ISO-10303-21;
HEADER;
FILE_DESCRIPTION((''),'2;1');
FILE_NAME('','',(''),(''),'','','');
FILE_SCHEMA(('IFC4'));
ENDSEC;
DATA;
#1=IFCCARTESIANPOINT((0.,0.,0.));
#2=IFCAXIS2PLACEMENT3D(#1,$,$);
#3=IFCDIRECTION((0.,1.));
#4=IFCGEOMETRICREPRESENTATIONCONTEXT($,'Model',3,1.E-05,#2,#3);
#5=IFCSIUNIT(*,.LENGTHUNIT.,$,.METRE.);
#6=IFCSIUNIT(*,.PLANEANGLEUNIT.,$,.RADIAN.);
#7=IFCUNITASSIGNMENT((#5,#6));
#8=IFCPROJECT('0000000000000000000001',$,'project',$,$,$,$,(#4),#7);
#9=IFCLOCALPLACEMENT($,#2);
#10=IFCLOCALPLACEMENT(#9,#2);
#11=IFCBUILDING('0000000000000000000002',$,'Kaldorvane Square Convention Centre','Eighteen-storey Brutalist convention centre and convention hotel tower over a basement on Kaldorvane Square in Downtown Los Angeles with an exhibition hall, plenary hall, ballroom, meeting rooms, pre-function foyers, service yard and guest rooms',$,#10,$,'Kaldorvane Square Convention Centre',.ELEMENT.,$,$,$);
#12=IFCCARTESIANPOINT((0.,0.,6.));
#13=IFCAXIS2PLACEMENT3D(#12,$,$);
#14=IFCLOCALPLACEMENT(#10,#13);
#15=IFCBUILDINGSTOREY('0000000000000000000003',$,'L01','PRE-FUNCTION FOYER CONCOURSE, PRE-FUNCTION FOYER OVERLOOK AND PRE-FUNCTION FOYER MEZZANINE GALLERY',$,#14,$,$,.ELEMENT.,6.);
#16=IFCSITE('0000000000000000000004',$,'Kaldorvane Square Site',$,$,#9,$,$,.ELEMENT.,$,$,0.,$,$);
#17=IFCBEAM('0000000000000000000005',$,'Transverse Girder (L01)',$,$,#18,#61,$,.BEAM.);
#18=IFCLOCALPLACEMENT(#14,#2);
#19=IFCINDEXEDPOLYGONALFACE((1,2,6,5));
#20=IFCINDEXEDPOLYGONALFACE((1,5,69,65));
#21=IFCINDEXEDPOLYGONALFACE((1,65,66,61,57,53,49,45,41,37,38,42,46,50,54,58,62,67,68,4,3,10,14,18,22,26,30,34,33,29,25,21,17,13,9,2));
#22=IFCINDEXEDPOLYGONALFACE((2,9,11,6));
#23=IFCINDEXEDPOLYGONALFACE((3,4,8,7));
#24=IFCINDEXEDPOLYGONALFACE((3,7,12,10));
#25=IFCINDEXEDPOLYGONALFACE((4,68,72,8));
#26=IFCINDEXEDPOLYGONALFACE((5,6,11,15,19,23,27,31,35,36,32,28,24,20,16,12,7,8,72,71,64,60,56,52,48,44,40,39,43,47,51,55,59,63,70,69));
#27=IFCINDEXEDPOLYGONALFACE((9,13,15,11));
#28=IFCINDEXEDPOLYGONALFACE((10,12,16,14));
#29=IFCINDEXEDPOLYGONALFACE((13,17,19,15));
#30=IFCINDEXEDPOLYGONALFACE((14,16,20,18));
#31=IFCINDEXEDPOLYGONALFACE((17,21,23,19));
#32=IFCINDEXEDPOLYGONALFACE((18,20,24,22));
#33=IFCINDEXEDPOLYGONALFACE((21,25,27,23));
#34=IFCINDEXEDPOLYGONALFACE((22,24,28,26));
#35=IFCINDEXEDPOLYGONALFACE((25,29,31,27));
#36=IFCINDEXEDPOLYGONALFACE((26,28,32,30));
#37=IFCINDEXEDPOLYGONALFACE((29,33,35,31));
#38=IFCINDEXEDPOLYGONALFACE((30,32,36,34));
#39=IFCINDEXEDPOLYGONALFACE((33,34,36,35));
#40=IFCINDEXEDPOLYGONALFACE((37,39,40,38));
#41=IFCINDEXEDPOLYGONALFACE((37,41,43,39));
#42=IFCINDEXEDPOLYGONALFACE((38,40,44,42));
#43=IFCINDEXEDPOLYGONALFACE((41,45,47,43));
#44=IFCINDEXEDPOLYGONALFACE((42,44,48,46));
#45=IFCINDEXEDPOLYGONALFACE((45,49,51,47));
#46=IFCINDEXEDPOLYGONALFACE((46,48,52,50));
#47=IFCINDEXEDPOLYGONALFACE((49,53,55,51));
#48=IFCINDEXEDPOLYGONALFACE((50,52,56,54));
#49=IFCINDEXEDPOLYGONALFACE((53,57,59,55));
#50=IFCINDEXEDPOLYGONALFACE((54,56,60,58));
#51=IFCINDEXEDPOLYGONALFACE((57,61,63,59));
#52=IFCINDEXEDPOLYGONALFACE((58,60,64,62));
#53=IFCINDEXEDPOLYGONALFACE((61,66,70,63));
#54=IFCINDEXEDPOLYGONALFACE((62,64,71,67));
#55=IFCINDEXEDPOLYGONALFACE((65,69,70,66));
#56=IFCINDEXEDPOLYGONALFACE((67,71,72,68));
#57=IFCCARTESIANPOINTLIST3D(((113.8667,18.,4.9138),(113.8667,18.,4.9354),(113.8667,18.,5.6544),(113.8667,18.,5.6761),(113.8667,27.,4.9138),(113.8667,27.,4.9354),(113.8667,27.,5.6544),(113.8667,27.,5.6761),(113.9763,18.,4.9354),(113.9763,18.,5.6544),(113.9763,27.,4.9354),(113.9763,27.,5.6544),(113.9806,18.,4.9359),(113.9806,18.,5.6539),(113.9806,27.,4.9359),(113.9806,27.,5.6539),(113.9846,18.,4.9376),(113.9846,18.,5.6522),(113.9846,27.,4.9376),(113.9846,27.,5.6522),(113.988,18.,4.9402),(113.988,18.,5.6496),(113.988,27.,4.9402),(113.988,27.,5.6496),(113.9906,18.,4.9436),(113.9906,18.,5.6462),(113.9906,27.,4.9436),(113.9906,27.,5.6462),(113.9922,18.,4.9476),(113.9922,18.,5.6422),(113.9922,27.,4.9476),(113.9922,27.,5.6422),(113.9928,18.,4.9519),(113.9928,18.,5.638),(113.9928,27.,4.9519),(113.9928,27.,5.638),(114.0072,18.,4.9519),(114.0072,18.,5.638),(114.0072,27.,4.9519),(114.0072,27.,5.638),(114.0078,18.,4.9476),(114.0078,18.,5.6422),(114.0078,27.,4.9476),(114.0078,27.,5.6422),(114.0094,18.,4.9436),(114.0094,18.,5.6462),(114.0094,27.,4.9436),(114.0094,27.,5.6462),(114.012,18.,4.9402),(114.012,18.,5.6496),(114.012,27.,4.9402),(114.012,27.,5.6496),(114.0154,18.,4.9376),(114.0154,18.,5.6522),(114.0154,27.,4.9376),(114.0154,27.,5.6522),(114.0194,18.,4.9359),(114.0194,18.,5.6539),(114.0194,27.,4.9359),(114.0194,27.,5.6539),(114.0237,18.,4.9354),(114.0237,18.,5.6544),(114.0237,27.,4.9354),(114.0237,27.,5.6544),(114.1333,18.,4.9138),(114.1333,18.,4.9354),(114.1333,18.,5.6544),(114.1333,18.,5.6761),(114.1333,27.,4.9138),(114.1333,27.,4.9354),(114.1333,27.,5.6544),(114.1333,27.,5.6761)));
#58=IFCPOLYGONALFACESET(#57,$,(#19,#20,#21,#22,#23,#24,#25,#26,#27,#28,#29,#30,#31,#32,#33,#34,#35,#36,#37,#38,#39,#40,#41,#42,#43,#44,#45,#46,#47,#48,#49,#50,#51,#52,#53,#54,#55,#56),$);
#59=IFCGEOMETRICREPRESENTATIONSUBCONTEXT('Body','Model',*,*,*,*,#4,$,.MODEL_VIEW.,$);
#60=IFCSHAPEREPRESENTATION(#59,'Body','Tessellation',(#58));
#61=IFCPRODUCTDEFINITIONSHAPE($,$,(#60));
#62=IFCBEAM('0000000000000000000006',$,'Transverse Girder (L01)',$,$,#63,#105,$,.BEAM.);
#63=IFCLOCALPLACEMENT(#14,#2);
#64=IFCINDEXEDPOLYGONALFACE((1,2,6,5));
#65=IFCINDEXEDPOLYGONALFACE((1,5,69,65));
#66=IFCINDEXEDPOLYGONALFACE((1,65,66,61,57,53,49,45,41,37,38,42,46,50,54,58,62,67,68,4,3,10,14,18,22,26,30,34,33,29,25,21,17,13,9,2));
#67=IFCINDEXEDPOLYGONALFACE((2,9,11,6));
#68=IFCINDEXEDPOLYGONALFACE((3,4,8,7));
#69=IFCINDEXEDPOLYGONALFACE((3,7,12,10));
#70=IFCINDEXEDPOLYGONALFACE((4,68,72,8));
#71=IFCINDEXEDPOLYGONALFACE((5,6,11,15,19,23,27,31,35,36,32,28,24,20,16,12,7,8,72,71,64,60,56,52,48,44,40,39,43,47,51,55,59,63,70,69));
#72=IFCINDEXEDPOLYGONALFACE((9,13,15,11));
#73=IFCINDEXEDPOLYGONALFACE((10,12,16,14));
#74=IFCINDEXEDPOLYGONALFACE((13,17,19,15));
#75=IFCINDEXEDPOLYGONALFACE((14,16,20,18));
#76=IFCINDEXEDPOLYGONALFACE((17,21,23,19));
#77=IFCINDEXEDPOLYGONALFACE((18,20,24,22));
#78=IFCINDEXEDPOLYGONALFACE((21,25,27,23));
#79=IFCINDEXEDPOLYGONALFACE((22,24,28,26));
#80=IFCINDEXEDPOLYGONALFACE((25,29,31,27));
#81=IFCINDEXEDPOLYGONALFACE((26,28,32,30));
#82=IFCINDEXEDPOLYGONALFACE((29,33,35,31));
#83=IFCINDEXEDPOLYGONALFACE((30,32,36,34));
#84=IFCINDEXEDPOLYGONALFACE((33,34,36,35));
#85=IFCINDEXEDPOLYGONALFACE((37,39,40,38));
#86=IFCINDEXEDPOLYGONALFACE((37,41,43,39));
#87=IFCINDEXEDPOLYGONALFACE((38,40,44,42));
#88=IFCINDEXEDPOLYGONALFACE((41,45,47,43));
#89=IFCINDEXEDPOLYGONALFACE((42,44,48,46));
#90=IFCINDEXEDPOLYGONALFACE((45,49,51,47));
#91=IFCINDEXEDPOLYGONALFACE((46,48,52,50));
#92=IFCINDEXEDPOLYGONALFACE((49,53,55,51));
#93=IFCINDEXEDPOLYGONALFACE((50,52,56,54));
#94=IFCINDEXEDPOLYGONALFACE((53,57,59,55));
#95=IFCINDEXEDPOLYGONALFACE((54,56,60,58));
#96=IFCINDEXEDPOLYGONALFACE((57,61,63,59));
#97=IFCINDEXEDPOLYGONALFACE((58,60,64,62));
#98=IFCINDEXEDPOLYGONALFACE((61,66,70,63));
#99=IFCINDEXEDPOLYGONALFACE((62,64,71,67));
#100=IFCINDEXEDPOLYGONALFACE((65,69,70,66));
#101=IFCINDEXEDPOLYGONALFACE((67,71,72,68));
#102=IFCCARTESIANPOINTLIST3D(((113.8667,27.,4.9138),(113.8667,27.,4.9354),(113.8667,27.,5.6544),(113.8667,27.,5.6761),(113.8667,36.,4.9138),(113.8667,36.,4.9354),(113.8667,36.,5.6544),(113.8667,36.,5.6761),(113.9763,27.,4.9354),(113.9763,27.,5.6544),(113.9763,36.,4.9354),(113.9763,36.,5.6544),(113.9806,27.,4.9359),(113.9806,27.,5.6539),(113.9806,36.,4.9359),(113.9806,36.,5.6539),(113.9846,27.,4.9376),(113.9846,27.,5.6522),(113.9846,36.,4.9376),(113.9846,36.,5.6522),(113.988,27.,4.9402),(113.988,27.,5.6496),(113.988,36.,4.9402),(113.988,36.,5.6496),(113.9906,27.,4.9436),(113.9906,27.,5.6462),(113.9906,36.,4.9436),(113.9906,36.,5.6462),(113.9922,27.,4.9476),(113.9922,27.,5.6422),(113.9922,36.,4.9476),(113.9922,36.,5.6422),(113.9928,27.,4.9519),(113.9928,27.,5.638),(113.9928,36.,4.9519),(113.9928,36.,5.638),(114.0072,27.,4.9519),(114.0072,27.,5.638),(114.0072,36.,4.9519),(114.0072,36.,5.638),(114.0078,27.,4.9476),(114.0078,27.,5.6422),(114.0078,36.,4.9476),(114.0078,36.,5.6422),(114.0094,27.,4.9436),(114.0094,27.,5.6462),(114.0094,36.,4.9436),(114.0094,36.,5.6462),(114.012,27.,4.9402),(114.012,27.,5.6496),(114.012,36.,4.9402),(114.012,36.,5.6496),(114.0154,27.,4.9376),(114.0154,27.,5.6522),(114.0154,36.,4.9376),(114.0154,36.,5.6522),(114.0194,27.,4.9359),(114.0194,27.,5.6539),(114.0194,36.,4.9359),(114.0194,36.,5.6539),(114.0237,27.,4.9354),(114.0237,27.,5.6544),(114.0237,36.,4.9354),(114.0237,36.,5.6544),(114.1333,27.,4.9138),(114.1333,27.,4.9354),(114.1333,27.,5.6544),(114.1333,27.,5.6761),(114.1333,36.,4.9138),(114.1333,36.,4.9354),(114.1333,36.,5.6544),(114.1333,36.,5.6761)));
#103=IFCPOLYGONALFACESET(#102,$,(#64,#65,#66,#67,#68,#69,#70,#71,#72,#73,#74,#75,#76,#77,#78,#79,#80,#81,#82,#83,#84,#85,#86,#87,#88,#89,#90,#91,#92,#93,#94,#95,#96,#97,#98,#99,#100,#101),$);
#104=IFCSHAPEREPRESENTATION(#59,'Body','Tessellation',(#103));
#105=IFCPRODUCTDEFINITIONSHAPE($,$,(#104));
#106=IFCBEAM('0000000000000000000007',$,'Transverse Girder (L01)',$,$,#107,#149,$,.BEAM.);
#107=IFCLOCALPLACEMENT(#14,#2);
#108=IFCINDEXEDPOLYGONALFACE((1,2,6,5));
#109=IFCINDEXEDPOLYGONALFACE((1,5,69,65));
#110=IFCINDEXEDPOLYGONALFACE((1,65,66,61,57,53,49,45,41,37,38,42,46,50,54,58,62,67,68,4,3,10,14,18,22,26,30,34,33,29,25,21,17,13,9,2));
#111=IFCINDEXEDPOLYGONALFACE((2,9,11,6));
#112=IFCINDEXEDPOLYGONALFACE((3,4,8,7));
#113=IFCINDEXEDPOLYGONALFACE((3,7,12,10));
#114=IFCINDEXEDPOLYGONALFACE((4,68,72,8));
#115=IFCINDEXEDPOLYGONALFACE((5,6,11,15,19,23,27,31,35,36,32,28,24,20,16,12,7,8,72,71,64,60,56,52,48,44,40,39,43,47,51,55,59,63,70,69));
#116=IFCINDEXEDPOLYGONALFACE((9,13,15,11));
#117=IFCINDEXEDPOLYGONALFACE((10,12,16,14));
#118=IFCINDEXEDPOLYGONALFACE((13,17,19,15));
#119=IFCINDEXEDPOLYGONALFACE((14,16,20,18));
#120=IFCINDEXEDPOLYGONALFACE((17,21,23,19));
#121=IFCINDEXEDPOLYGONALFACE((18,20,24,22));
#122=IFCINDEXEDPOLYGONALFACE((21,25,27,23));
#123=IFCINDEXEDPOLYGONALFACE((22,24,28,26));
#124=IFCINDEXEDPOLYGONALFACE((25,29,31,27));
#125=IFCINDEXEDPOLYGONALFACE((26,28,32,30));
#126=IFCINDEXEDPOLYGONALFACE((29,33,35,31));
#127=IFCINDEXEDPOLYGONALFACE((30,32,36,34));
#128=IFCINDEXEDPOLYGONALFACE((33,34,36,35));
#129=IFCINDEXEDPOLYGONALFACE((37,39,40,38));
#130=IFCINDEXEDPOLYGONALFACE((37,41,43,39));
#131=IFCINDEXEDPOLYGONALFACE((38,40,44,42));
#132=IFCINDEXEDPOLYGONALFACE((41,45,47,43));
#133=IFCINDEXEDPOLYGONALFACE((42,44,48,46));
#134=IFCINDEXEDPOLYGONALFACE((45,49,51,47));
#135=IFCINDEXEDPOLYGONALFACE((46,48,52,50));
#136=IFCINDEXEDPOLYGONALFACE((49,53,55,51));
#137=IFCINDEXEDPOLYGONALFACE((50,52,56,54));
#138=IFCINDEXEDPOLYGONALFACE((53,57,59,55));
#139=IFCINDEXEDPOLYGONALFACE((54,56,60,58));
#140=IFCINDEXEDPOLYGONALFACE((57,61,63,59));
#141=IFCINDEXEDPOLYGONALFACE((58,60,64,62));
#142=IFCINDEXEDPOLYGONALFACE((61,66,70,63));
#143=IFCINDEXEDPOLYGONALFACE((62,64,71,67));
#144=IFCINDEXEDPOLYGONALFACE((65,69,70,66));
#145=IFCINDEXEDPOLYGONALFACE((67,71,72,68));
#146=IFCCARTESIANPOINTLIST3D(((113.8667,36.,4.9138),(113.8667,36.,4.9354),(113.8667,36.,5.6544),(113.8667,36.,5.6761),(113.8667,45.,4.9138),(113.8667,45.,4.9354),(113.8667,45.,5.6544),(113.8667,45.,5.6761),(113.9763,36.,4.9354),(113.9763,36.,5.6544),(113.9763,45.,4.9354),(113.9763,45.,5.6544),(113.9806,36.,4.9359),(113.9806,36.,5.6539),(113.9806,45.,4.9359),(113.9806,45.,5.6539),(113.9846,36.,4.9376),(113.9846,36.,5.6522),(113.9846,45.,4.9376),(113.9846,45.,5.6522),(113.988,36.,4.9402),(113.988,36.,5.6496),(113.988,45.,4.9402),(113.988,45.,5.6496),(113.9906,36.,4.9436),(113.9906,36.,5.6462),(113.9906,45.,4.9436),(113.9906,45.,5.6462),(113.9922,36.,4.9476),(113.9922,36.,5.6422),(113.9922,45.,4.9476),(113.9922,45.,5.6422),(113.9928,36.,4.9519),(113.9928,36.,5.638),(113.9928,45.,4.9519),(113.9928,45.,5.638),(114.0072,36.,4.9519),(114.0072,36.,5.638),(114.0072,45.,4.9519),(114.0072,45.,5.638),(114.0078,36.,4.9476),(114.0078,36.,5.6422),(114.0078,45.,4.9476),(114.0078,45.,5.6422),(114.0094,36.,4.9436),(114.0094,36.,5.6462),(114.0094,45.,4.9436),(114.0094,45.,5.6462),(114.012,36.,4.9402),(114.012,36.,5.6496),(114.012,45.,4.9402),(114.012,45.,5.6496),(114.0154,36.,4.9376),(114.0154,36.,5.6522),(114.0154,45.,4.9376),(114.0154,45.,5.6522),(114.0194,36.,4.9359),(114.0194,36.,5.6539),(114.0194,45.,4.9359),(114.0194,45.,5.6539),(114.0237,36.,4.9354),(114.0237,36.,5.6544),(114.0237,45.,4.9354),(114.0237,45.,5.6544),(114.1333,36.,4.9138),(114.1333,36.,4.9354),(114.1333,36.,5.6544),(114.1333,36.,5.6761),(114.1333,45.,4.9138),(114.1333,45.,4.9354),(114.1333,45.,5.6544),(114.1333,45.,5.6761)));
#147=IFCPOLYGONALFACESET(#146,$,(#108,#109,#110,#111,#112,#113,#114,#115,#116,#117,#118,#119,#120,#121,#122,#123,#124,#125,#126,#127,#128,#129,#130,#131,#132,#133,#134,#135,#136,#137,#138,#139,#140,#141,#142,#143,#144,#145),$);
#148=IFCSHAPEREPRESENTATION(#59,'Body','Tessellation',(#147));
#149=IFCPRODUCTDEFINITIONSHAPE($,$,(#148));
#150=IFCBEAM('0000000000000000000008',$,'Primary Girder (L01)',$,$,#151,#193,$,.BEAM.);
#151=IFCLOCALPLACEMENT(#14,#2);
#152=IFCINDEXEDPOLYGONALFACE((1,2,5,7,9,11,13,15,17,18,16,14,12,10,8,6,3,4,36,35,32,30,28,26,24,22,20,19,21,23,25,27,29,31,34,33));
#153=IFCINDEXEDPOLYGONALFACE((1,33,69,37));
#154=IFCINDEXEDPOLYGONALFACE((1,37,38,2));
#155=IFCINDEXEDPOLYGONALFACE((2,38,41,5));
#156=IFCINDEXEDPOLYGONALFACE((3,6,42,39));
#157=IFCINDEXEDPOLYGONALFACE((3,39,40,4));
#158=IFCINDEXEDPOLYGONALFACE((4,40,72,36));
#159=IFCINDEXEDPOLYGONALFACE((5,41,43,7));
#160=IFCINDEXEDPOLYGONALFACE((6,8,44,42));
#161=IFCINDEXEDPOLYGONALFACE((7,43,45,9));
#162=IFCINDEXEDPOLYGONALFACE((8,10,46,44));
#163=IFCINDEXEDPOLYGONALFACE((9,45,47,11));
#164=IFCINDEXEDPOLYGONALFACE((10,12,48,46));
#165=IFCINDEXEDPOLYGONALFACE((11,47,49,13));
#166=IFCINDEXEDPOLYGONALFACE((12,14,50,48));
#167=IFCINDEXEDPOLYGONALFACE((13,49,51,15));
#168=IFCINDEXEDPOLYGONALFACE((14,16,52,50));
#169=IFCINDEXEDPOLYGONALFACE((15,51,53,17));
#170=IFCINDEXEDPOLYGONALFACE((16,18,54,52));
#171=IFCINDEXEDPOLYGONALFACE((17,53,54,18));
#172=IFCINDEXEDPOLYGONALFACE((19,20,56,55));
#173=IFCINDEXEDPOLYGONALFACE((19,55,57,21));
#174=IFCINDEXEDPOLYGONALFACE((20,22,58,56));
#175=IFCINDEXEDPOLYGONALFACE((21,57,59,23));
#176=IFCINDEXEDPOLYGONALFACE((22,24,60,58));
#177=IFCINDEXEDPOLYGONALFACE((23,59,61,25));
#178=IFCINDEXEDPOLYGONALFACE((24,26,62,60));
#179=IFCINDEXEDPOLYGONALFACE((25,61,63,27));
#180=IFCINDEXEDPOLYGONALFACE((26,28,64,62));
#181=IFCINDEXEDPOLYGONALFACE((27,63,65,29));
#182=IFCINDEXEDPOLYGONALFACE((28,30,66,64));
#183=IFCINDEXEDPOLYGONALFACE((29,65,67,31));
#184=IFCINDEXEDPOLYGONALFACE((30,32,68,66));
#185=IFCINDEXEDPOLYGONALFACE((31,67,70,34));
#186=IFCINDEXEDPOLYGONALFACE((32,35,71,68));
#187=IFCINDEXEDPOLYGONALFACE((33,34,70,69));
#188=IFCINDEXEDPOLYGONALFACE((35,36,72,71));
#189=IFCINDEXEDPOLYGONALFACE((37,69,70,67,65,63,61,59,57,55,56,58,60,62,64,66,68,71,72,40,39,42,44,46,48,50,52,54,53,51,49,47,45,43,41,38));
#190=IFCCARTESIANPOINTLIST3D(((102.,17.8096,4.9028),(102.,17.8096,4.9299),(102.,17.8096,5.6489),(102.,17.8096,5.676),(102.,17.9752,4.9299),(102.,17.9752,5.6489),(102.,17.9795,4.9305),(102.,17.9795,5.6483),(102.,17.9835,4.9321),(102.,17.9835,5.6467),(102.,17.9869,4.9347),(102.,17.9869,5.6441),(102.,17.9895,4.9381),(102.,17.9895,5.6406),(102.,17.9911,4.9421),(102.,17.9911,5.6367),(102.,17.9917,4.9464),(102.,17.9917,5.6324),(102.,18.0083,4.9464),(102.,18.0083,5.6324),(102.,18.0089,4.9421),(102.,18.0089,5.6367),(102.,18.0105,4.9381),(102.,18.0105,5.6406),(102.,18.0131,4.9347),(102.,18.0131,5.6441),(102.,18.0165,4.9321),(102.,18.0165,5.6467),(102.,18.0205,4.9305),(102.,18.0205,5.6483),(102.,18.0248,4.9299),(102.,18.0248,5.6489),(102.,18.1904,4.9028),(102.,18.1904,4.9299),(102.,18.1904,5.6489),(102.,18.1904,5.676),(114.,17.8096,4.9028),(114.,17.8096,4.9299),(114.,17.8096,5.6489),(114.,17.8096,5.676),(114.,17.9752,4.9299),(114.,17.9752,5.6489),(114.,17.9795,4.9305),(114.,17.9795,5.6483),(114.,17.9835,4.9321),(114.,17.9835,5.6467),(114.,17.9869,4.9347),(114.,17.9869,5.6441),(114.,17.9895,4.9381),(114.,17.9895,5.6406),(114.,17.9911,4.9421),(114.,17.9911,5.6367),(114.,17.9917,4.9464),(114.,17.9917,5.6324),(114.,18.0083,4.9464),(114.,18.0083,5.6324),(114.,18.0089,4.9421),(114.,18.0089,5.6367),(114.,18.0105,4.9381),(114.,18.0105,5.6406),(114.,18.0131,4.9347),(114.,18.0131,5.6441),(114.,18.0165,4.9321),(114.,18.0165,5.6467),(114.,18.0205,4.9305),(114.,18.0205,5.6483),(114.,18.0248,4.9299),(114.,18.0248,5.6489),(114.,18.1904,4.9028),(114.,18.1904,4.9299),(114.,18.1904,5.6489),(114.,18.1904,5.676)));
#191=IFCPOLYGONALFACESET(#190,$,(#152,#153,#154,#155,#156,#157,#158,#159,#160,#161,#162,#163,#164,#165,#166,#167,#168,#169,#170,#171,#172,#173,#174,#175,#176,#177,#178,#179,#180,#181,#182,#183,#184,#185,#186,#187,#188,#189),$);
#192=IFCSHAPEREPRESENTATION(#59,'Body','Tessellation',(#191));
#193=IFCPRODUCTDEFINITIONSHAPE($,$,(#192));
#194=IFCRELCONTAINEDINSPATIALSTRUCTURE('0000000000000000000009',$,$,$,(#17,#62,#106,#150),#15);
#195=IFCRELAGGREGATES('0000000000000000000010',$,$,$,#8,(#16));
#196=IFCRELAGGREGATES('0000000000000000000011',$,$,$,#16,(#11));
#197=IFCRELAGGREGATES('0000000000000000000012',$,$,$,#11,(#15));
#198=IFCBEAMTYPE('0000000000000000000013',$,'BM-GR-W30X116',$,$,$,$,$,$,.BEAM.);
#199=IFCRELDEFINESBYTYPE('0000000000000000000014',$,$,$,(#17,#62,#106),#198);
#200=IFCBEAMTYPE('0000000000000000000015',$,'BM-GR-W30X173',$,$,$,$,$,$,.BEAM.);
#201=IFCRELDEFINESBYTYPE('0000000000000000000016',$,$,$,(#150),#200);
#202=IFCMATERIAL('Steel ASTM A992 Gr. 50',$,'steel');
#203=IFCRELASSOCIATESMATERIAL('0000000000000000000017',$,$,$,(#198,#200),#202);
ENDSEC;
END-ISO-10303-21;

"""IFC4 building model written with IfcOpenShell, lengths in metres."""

from ifc_helpers import new_model, si_unit, direction, frame, origin, origin_2d, place, context, subcontext, project, spatial, i_section, extrude, material, material_profile, profile_set, type_object, element, save


model = new_model("IFC4")

# Units and contexts
model_context = context("Model", 3, precision=1e-05, world=origin(), true_north=direction((0.0, 1.0)))
body_context = subcontext(model_context, "Body", "Model", "MODEL_VIEW")
ifc_project = project(units=[si_unit("LENGTHUNIT", "METRE"), si_unit("PLANEANGLEUNIT", "RADIAN")], contexts=[model_context])

# Site, building, storey
site_placement = place(None, origin())
site = spatial("IfcSite", under=ifc_project, at=site_placement, Name="Kaldorvane Square Site", CompositionType="ELEMENT", RefElevation=0.0)
building_placement = place(site_placement, origin())
building = spatial("IfcBuilding", under=site, at=building_placement, Name="Kaldorvane Square Convention Centre", Description="Eighteen-storey Brutalist convention centre and convention hotel tower over a basement on Kaldorvane Square in Downtown Los Angeles with an exhibition hall, plenary hall, ballroom, meeting rooms, pre-function foyers, service yard and guest rooms", LongName="Kaldorvane Square Convention Centre", CompositionType="ELEMENT")
storey_placement = place(building_placement, frame((0.0, 0.0, 6.0)))
storey = spatial("IfcBuildingStorey", under=building, at=storey_placement, Name="L01", Description="PRE-FUNCTION FOYER CONCOURSE, PRE-FUNCTION FOYER OVERLOOK AND PRE-FUNCTION FOYER MEZZANINE GALLERY", CompositionType="ELEMENT", Elevation=6.0)

# Shared definitions
ifc_material_1 = material(Name="Steel ASTM A992 Gr. 50", Category="steel")

# Beams
ifc_material_profile_1 = material_profile(ifc_material_1, i_section(OverallWidth=0.2666, OverallDepth=0.7623, WebThickness=0.0144, FlangeThickness=0.0216, FilletRadius=0.0165, at=origin_2d()), Name="W30X116")
ifc_profile_set_1 = profile_set([ifc_material_profile_1], Name="Steel ASTM A992 Gr. 50")
beam_type_1 = type_object("IfcBeamType", Name="BM-GR-W30X116", PredefinedType="BEAM", material=ifc_profile_set_1)
for number, where, z_axis, x_axis, name in (
    (1, (114.0, 18.0, 5.2949), (0.0, 1.0, 0.0), (-1.0, 0.0, 0.0), "Transverse Girder (L01)"),
    (2, (114.0, 27.0, 5.2949), (0.0, 1.0, 0.0), (-1.0, 0.0, 0.0), "Transverse Girder (L01)"),
    (3, (114.0, 36.0, 5.2949), (0.0, 1.0, 0.0), (-1.0, 0.0, 0.0), "Transverse Girder (L01)"),
):
    element("IfcBeam", number, at=place(storey_placement, frame(where, z_axis=z_axis, x_axis=x_axis)), inside=storey, type_object=beam_type_1, Name=name, PredefinedType="BEAM", context=body_context, shape_type="SweptSolid", body=[
        extrude(i_section(OverallWidth=0.2666, OverallDepth=0.7623, WebThickness=0.0144, FlangeThickness=0.0216, FilletRadius=0.0165, at=origin_2d()), origin(), (0.0, 0.0, 1.0), 9.0),
    ])
ifc_material_profile_2 = material_profile(ifc_material_1, i_section(OverallWidth=0.3807, OverallDepth=0.7732, WebThickness=0.0166, FlangeThickness=0.0271, FilletRadius=0.0165, at=origin_2d()), Name="W30X173")
ifc_profile_set_2 = profile_set([ifc_material_profile_2], Name="Steel ASTM A992 Gr. 50")
beam_type_2 = type_object("IfcBeamType", Name="BM-GR-W30X173", PredefinedType="BEAM", material=ifc_profile_set_2)
for number, where, z_axis, x_axis, name in (
    (4, (102.0, 18.0, 5.2894), (1.0, 0.0, 0.0), (0.0, 1.0, 0.0), "Primary Girder (L01)"),
):
    element("IfcBeam", number, at=place(storey_placement, frame(where, z_axis=z_axis, x_axis=x_axis)), inside=storey, type_object=beam_type_2, Name=name, PredefinedType="BEAM", context=body_context, shape_type="SweptSolid", body=[
        extrude(i_section(OverallWidth=0.3807, OverallDepth=0.7732, WebThickness=0.0166, FlangeThickness=0.0271, FilletRadius=0.0165, at=origin_2d()), origin(), (0.0, 0.0, 1.0), 12.0),
    ])

save(model, "model.ifc")
